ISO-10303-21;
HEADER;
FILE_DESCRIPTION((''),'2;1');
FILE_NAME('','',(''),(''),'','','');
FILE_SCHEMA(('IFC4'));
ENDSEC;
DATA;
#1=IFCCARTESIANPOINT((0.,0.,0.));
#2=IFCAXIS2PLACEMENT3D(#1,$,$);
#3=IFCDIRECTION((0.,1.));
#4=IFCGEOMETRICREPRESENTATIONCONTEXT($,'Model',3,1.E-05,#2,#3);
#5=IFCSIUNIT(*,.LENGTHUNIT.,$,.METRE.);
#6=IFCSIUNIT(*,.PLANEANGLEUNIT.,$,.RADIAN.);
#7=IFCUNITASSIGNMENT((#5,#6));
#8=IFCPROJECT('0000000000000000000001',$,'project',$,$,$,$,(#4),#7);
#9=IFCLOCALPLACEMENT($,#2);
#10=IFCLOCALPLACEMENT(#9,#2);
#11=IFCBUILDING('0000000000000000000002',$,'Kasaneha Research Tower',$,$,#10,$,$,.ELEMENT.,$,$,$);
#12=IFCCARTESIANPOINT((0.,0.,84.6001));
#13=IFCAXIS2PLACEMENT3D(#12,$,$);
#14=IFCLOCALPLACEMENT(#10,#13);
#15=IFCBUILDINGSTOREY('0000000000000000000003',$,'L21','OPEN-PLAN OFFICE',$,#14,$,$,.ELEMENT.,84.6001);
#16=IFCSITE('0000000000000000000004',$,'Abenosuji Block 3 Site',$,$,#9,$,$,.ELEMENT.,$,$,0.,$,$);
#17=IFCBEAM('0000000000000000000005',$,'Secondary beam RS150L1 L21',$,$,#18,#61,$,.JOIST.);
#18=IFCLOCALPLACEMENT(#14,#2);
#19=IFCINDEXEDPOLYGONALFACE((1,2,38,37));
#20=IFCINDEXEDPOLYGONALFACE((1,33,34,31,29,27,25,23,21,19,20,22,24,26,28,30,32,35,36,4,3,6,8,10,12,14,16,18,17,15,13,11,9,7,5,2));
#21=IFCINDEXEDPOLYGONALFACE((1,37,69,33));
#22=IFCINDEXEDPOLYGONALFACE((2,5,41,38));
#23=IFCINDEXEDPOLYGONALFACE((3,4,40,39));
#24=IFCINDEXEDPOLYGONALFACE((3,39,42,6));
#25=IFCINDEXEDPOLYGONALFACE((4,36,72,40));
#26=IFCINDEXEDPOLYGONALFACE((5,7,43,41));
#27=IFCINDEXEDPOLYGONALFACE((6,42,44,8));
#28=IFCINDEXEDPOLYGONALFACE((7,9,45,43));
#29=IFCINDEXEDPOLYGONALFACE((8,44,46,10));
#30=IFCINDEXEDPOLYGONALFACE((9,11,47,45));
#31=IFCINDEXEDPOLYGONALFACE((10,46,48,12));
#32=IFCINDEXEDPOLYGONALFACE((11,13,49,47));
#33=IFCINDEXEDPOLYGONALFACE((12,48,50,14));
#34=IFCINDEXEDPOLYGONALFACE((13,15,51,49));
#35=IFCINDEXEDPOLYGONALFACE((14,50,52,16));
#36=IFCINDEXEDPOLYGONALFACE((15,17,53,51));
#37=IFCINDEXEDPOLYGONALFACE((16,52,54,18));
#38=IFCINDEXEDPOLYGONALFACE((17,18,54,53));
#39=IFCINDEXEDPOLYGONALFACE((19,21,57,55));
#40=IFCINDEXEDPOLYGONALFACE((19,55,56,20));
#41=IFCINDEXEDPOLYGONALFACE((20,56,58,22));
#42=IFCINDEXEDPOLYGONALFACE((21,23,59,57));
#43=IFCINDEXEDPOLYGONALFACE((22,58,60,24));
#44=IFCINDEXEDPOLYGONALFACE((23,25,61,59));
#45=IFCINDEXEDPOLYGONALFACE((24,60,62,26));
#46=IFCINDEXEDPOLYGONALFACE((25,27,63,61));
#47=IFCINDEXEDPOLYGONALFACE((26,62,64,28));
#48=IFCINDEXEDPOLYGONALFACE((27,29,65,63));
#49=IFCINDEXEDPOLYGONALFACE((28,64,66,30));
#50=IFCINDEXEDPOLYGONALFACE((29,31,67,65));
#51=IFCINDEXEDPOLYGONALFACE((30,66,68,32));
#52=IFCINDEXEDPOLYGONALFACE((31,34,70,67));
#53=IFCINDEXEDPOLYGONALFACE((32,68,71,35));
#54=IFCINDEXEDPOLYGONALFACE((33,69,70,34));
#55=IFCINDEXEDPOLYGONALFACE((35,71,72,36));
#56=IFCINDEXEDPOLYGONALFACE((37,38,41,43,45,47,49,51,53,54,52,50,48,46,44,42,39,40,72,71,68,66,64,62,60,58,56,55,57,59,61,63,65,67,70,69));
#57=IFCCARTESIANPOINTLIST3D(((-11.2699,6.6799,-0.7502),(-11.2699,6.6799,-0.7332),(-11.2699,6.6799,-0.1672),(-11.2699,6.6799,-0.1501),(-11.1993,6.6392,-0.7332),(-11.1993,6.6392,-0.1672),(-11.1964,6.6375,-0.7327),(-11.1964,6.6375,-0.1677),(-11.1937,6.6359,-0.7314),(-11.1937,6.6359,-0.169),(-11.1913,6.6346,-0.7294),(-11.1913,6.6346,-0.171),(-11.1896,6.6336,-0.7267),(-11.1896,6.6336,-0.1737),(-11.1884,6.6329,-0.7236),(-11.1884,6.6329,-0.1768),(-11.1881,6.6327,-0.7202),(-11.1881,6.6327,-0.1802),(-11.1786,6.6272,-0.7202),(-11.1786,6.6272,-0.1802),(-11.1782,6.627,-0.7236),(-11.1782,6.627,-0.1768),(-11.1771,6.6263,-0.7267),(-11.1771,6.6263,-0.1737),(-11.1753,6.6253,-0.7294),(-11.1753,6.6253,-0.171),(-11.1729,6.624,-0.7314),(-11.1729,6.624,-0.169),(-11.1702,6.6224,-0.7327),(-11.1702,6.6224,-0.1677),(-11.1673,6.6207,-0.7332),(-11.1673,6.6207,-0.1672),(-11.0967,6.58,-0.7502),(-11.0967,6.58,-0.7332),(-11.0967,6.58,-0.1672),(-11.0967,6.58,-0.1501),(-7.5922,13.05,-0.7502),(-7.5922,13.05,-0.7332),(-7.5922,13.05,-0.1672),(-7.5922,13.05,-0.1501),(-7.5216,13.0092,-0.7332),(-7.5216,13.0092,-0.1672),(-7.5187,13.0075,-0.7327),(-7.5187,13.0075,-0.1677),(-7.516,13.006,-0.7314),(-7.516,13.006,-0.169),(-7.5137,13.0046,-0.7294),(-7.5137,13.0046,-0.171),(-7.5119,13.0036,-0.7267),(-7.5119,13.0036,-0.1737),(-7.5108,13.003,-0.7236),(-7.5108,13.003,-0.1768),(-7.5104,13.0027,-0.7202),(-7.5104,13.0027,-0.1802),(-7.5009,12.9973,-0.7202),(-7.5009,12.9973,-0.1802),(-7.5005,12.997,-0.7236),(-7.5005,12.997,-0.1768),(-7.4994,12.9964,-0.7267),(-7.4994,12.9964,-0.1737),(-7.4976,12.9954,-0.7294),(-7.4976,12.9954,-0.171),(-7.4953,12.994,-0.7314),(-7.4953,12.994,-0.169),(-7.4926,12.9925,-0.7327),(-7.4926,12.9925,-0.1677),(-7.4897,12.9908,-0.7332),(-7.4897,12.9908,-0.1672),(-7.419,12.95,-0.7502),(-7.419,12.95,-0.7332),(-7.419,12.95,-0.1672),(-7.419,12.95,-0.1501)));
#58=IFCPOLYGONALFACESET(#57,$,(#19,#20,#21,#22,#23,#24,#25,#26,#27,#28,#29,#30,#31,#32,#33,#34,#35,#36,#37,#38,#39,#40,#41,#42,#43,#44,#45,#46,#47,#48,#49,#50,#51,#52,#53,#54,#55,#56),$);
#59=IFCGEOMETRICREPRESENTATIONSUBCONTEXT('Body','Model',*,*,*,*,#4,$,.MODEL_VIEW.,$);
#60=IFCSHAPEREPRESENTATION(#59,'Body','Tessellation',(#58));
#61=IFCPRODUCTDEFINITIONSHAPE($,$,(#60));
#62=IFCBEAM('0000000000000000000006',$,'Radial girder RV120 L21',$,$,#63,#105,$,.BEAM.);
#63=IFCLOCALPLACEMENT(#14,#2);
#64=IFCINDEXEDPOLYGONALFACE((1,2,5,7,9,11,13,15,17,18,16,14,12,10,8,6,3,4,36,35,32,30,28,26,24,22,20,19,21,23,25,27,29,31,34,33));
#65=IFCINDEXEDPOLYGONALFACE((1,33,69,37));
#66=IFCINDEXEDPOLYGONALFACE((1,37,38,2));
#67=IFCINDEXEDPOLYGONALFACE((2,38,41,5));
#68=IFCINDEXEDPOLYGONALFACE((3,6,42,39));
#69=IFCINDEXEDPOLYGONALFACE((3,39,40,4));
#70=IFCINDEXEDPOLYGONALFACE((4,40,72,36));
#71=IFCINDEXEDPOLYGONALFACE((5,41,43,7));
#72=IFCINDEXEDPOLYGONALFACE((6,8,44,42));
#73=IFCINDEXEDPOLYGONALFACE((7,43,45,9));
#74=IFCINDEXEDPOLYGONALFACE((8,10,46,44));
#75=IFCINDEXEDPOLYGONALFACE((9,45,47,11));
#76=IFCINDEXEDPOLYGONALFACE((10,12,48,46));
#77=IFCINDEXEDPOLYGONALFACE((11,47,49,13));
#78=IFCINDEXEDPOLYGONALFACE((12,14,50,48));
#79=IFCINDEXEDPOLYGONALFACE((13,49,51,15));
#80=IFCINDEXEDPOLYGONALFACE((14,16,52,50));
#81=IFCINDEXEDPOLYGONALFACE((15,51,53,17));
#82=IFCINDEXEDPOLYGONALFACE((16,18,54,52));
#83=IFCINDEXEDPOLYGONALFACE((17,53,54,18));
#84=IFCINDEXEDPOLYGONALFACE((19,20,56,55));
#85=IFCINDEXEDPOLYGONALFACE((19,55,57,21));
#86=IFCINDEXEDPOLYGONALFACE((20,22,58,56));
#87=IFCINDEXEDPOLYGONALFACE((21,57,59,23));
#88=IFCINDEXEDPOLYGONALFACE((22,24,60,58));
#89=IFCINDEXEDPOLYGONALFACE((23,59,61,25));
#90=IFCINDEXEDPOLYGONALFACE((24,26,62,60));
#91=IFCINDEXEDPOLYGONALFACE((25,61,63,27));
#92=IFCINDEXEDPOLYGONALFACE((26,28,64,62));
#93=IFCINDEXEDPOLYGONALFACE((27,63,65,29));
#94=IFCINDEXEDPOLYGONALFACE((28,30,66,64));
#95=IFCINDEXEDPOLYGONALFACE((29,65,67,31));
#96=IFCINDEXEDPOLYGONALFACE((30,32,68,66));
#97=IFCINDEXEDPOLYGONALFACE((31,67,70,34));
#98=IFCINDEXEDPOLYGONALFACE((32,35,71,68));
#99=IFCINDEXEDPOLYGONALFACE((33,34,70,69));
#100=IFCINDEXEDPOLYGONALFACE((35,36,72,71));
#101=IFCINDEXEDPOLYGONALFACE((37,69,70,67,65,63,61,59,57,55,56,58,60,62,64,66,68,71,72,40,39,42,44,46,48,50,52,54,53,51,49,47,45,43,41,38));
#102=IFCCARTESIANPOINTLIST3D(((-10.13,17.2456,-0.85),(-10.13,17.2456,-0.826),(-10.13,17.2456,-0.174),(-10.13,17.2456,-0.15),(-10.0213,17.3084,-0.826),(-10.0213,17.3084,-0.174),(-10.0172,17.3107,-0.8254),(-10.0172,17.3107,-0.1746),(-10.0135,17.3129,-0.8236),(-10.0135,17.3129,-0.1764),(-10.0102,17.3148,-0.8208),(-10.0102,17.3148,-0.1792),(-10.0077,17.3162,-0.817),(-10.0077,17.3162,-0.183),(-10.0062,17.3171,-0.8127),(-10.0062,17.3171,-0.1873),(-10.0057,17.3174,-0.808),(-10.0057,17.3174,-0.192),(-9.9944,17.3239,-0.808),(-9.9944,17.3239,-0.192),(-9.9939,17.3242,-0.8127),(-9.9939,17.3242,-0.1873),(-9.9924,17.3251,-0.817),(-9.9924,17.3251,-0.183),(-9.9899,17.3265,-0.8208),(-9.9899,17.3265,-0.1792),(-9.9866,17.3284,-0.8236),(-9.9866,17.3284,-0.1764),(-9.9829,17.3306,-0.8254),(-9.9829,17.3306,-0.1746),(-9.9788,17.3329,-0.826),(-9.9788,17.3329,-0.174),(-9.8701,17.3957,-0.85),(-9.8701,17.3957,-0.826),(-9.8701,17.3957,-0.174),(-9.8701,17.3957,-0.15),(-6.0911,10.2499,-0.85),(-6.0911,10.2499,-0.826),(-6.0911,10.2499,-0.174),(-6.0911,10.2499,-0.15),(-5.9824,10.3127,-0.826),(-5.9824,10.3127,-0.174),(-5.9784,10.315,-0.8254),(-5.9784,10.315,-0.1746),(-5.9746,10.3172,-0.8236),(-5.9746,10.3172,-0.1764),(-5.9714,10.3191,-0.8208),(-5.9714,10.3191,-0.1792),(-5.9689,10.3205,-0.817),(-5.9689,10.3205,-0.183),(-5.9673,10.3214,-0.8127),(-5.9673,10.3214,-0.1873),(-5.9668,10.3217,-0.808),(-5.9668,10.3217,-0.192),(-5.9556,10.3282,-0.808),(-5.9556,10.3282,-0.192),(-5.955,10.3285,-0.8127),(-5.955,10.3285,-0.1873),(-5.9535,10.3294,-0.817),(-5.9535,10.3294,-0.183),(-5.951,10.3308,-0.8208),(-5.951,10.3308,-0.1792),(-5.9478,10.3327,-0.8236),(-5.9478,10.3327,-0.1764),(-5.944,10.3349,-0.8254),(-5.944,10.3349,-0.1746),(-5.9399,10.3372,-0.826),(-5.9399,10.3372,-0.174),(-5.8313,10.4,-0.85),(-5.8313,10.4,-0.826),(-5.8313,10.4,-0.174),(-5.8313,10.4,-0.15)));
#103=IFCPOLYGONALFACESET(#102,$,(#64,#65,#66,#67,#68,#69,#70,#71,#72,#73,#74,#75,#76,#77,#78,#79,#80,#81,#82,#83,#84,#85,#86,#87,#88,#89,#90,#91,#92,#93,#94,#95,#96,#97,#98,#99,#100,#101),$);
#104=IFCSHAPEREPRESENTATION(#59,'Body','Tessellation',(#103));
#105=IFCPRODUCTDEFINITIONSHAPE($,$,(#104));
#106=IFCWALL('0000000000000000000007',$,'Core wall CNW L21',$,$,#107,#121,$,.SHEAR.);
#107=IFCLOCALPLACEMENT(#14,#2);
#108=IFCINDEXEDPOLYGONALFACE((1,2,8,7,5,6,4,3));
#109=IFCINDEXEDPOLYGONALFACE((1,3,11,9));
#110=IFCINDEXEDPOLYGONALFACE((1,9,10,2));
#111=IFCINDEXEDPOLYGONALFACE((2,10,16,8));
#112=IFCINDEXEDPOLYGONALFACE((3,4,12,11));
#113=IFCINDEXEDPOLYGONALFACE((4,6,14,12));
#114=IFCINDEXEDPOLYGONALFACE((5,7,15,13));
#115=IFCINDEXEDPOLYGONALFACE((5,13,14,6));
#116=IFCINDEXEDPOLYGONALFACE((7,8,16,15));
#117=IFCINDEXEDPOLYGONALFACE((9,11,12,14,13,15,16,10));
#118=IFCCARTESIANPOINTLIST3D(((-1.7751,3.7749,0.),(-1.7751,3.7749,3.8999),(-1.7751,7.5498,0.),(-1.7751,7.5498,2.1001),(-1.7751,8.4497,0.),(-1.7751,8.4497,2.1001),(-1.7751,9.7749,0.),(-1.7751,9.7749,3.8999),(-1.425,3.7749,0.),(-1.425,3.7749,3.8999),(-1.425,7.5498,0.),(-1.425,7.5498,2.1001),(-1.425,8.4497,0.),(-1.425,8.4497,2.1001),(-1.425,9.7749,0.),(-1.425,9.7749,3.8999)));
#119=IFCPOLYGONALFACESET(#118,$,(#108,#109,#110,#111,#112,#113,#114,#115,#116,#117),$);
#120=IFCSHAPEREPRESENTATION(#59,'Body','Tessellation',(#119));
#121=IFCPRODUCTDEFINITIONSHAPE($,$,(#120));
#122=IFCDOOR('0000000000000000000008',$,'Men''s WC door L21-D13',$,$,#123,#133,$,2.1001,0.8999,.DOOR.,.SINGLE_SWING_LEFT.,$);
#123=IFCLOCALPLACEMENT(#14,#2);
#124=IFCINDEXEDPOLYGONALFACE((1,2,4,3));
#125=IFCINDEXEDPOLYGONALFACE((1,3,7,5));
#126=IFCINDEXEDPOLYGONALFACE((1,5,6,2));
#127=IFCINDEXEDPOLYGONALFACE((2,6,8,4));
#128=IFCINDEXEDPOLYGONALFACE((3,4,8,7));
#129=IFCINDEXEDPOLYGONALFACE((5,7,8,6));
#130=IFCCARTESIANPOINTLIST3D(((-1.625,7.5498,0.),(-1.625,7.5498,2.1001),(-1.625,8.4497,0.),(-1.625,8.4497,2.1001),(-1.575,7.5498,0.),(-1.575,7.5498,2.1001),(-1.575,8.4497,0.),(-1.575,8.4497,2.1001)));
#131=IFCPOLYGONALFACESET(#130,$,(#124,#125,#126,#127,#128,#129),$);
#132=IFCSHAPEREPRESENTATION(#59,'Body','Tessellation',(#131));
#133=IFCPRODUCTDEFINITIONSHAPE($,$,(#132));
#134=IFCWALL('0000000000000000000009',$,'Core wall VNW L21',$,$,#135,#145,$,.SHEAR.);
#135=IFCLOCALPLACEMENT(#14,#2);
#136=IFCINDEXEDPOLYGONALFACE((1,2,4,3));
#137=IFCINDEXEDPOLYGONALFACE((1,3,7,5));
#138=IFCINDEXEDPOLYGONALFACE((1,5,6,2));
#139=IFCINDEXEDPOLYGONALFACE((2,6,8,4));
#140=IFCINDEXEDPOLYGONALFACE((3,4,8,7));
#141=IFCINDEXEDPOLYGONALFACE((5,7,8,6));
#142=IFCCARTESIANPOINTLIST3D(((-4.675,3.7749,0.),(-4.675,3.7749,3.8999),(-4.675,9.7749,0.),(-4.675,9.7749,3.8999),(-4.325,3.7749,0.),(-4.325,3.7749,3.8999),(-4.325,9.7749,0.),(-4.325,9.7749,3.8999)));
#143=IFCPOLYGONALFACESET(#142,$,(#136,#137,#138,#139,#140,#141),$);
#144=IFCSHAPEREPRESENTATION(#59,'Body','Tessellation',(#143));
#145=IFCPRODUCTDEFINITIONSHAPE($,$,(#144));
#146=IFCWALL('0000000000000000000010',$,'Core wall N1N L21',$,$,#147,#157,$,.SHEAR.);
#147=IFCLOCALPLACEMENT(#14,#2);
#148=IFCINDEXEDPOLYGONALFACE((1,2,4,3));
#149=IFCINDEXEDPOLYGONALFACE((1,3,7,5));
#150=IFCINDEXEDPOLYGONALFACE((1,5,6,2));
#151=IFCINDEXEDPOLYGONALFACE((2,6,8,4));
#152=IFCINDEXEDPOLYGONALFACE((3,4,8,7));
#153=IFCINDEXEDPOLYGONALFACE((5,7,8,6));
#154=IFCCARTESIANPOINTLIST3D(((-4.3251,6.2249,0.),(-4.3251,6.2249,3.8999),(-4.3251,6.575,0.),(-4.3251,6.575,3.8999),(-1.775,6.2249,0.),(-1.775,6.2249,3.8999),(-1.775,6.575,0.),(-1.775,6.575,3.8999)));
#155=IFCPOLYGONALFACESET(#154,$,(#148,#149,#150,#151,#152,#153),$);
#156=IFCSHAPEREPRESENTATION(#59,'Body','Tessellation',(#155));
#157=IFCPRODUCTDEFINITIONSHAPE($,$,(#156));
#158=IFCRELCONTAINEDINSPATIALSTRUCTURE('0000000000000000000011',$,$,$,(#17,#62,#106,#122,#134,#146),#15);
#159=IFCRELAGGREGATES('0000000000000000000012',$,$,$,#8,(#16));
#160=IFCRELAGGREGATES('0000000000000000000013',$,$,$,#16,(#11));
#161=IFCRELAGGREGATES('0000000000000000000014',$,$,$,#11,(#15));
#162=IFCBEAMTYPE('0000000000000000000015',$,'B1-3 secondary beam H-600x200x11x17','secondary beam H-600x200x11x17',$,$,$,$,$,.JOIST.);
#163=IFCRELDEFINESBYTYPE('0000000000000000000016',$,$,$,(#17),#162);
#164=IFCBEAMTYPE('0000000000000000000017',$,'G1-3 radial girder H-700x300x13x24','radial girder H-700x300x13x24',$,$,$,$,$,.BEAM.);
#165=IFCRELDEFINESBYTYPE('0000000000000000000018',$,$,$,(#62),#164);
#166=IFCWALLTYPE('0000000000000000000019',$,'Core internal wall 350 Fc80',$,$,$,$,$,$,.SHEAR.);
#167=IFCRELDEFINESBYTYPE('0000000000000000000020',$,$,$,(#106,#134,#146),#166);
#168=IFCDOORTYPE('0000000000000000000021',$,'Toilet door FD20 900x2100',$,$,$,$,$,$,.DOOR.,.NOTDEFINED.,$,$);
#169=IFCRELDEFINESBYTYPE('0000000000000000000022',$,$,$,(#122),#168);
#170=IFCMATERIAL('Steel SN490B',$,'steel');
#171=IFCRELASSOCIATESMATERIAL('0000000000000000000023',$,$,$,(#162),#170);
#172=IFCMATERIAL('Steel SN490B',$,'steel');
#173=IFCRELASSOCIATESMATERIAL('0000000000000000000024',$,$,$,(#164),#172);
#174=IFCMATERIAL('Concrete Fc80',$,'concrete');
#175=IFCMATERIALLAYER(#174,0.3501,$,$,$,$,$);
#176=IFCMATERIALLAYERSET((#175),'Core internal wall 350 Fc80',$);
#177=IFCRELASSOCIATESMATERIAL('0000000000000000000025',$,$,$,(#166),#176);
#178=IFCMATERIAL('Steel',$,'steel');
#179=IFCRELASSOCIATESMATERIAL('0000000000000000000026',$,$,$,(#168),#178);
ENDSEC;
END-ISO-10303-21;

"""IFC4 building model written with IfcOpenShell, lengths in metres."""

from ifc_helpers import new_model, si_unit, direction, frame, frame_2d, origin, origin_2d, place, context, subcontext, project, spatial, rectangle, i_section, extrude, material, layer, layer_set, material_profile, profile_set, type_object, element, fill, save


model = new_model("IFC4")

# Units and contexts
model_context = context("Model", 3, precision=1e-05, world=origin(), true_north=direction((0.0, 1.0)))
body_context = subcontext(model_context, "Body", "Model", "MODEL_VIEW")
ifc_project = project(units=[si_unit("LENGTHUNIT", "METRE"), si_unit("PLANEANGLEUNIT", "RADIAN")], contexts=[model_context])

# Site, building, storey
site_placement = place(None, origin())
site = spatial("IfcSite", under=ifc_project, at=site_placement, Name="Abenosuji Block 3 Site", CompositionType="ELEMENT", RefElevation=0.0)
building_placement = place(site_placement, origin())
building = spatial("IfcBuilding", under=site, at=building_placement, Name="Kasaneha Research Tower", CompositionType="ELEMENT")
storey_placement = place(building_placement, frame((0.0, 0.0, 84.6001)))
storey = spatial("IfcBuildingStorey", under=building, at=storey_placement, Name="L21", Description="OPEN-PLAN OFFICE", CompositionType="ELEMENT", Elevation=84.6001)

# Beams
ifc_material_1 = material(Name="Steel SN490B", Category="steel")
ifc_material_profile_1 = material_profile(ifc_material_1, i_section(OverallWidth=0.2, OverallDepth=0.6001, WebThickness=0.011, FlangeThickness=0.0171, FilletRadius=0.0129, at=origin_2d()), Name="H-600x200x11x17")
ifc_profile_set_1 = profile_set([ifc_material_profile_1], Name="Steel SN490B")
beam_type_1 = type_object("IfcBeamType", Name="B1-3 secondary beam H-600x200x11x17", Description="secondary beam H-600x200x11x17", PredefinedType="JOIST", material=ifc_profile_set_1)
beam_1_placement = place(storey_placement, frame((-7.5056, 13.0, -0.4502), z_axis=(-0.499994, -0.866029, 0.0), x_axis=(0.866029, -0.499994, 0.0)))
element("IfcBeam", 1, at=beam_1_placement, inside=storey, type_object=beam_type_1, Name="Secondary beam RS150L1 L21", PredefinedType="JOIST", context=body_context, shape_type="SweptSolid", body=[
    extrude(i_section(OverallWidth=0.2, OverallDepth=0.6001, WebThickness=0.011, FlangeThickness=0.0171, FilletRadius=0.0129, at=origin_2d()), origin(), (0.0, 0.0, 1.0), 7.3555),
])
ifc_material_2 = material(Name="Steel SN490B", Category="steel")
ifc_material_profile_2 = material_profile(ifc_material_2, i_section(OverallWidth=0.3, OverallDepth=0.7, WebThickness=0.0129, FlangeThickness=0.0239, FilletRadius=0.0181, at=origin_2d()), Name="H-700x300x13x24")
ifc_profile_set_2 = profile_set([ifc_material_profile_2], Name="Steel SN490B")
beam_type_2 = type_object("IfcBeamType", Name="G1-3 radial girder H-700x300x13x24", Description="radial girder H-700x300x13x24", PredefinedType="BEAM", material=ifc_profile_set_2)
beam_2_placement = place(storey_placement, frame((-5.9612, 10.325, -0.5), z_axis=(-0.499991, 0.866031, 0.0), x_axis=(-0.866031, -0.499991, 0.0)))
element("IfcBeam", 2, at=beam_2_placement, inside=storey, type_object=beam_type_2, Name="Radial girder RV120 L21", PredefinedType="BEAM", context=body_context, shape_type="SweptSolid", body=[
    extrude(i_section(OverallWidth=0.3, OverallDepth=0.7, WebThickness=0.0129, FlangeThickness=0.0239, FilletRadius=0.0181, at=origin_2d()), origin(), (0.0, 0.0, 1.0), 8.0779),
])

# Wall, opening, door
ifc_material_3 = material(Name="Concrete Fc80", Category="concrete")
ifc_layer_1 = layer(ifc_material_3, 0.3501)
ifc_layer_set_1 = layer_set([ifc_layer_1], Name="Core internal wall 350 Fc80")
wall_type_1 = type_object("IfcWallType", Name="Core internal wall 350 Fc80", PredefinedType="SHEAR", material=ifc_layer_set_1)
wall_1_placement = place(storey_placement, frame((-1.6001, 3.7749, 0.0), z_axis=(0.0, 0.0, 1.0), x_axis=(0.0, 1.0, 0.0)))
wall_1 = element("IfcWall", 3, at=wall_1_placement, inside=storey, type_object=wall_type_1, Name="Core wall CNW L21", PredefinedType="SHEAR", context=body_context, shape_type="SweptSolid", body=[
    extrude(rectangle(XDim=6.0, YDim=0.3501, at=frame_2d((3.0, 0.0))), origin(), (0.0, 0.0, 1.0), 3.8999),
])
opening_1_placement = place(wall_1_placement, frame((3.7749, 0.0, 0.0)))
opening_1 = element("IfcOpeningElement", 4, at=opening_1_placement, cuts=wall_1, PredefinedType="OPENING", context=body_context, shape_type="SweptSolid", body=[
    extrude(rectangle(XDim=0.8999, YDim=2.1001, at=frame_2d((0.45, 1.05))), frame((0.0, 0.1851, 0.0), z_axis=(0.0, -1.0, 0.0), x_axis=(1.0, 0.0, 0.0)), (0.0, 0.0, 1.0), 0.3701),
])
ifc_material_4 = material(Name="Steel", Category="steel")
door_type_1 = type_object("IfcDoorType", Name="Toilet door FD20 900x2100", OperationType="NOTDEFINED", PredefinedType="DOOR", material=ifc_material_4)
door_1_placement = place(opening_1_placement, origin())
door_1 = element("IfcDoor", 5, at=door_1_placement, inside=storey, type_object=door_type_1, Name="Men's WC door L21-D13", OperationType="SINGLE_SWING_LEFT", OverallHeight=2.1001, OverallWidth=0.8999, PredefinedType="DOOR", context=body_context, shape_type="SweptSolid", body=[
    extrude(rectangle(XDim=0.8999, YDim=2.1001, at=frame_2d((0.45, 1.05))), frame((0.0, 0.0249, 0.0), z_axis=(0.0, -1.0, 0.0), x_axis=(1.0, 0.0, 0.0)), (0.0, 0.0, 1.0), 0.05),
])
fill(opening_1, door_1)

# Walls
wall_2_placement = place(storey_placement, frame((-4.5, 3.7749, 0.0), z_axis=(0.0, 0.0, 1.0), x_axis=(0.0, 1.0, 0.0)))
element("IfcWall", 6, at=wall_2_placement, inside=storey, type_object=wall_type_1, Name="Core wall VNW L21", PredefinedType="SHEAR", context=body_context, shape_type="SweptSolid", body=[
    extrude(rectangle(XDim=6.0, YDim=0.3501, at=frame_2d((3.0, 0.0))), origin(), (0.0, 0.0, 1.0), 3.8999),
])
wall_3_placement = place(storey_placement, frame((-4.325, 6.3999, 0.0), z_axis=(0.0, 0.0, 1.0), x_axis=(1.0, 0.0, 0.0)))
element("IfcWall", 7, at=wall_3_placement, inside=storey, type_object=wall_type_1, Name="Core wall N1N L21", PredefinedType="SHEAR", context=body_context, shape_type="SweptSolid", body=[
    extrude(rectangle(XDim=2.55, YDim=0.3501, at=frame_2d((1.2749, 0.0))), origin(), (0.0, 0.0, 1.0), 3.8999),
])

save(model, "model.ifc")
